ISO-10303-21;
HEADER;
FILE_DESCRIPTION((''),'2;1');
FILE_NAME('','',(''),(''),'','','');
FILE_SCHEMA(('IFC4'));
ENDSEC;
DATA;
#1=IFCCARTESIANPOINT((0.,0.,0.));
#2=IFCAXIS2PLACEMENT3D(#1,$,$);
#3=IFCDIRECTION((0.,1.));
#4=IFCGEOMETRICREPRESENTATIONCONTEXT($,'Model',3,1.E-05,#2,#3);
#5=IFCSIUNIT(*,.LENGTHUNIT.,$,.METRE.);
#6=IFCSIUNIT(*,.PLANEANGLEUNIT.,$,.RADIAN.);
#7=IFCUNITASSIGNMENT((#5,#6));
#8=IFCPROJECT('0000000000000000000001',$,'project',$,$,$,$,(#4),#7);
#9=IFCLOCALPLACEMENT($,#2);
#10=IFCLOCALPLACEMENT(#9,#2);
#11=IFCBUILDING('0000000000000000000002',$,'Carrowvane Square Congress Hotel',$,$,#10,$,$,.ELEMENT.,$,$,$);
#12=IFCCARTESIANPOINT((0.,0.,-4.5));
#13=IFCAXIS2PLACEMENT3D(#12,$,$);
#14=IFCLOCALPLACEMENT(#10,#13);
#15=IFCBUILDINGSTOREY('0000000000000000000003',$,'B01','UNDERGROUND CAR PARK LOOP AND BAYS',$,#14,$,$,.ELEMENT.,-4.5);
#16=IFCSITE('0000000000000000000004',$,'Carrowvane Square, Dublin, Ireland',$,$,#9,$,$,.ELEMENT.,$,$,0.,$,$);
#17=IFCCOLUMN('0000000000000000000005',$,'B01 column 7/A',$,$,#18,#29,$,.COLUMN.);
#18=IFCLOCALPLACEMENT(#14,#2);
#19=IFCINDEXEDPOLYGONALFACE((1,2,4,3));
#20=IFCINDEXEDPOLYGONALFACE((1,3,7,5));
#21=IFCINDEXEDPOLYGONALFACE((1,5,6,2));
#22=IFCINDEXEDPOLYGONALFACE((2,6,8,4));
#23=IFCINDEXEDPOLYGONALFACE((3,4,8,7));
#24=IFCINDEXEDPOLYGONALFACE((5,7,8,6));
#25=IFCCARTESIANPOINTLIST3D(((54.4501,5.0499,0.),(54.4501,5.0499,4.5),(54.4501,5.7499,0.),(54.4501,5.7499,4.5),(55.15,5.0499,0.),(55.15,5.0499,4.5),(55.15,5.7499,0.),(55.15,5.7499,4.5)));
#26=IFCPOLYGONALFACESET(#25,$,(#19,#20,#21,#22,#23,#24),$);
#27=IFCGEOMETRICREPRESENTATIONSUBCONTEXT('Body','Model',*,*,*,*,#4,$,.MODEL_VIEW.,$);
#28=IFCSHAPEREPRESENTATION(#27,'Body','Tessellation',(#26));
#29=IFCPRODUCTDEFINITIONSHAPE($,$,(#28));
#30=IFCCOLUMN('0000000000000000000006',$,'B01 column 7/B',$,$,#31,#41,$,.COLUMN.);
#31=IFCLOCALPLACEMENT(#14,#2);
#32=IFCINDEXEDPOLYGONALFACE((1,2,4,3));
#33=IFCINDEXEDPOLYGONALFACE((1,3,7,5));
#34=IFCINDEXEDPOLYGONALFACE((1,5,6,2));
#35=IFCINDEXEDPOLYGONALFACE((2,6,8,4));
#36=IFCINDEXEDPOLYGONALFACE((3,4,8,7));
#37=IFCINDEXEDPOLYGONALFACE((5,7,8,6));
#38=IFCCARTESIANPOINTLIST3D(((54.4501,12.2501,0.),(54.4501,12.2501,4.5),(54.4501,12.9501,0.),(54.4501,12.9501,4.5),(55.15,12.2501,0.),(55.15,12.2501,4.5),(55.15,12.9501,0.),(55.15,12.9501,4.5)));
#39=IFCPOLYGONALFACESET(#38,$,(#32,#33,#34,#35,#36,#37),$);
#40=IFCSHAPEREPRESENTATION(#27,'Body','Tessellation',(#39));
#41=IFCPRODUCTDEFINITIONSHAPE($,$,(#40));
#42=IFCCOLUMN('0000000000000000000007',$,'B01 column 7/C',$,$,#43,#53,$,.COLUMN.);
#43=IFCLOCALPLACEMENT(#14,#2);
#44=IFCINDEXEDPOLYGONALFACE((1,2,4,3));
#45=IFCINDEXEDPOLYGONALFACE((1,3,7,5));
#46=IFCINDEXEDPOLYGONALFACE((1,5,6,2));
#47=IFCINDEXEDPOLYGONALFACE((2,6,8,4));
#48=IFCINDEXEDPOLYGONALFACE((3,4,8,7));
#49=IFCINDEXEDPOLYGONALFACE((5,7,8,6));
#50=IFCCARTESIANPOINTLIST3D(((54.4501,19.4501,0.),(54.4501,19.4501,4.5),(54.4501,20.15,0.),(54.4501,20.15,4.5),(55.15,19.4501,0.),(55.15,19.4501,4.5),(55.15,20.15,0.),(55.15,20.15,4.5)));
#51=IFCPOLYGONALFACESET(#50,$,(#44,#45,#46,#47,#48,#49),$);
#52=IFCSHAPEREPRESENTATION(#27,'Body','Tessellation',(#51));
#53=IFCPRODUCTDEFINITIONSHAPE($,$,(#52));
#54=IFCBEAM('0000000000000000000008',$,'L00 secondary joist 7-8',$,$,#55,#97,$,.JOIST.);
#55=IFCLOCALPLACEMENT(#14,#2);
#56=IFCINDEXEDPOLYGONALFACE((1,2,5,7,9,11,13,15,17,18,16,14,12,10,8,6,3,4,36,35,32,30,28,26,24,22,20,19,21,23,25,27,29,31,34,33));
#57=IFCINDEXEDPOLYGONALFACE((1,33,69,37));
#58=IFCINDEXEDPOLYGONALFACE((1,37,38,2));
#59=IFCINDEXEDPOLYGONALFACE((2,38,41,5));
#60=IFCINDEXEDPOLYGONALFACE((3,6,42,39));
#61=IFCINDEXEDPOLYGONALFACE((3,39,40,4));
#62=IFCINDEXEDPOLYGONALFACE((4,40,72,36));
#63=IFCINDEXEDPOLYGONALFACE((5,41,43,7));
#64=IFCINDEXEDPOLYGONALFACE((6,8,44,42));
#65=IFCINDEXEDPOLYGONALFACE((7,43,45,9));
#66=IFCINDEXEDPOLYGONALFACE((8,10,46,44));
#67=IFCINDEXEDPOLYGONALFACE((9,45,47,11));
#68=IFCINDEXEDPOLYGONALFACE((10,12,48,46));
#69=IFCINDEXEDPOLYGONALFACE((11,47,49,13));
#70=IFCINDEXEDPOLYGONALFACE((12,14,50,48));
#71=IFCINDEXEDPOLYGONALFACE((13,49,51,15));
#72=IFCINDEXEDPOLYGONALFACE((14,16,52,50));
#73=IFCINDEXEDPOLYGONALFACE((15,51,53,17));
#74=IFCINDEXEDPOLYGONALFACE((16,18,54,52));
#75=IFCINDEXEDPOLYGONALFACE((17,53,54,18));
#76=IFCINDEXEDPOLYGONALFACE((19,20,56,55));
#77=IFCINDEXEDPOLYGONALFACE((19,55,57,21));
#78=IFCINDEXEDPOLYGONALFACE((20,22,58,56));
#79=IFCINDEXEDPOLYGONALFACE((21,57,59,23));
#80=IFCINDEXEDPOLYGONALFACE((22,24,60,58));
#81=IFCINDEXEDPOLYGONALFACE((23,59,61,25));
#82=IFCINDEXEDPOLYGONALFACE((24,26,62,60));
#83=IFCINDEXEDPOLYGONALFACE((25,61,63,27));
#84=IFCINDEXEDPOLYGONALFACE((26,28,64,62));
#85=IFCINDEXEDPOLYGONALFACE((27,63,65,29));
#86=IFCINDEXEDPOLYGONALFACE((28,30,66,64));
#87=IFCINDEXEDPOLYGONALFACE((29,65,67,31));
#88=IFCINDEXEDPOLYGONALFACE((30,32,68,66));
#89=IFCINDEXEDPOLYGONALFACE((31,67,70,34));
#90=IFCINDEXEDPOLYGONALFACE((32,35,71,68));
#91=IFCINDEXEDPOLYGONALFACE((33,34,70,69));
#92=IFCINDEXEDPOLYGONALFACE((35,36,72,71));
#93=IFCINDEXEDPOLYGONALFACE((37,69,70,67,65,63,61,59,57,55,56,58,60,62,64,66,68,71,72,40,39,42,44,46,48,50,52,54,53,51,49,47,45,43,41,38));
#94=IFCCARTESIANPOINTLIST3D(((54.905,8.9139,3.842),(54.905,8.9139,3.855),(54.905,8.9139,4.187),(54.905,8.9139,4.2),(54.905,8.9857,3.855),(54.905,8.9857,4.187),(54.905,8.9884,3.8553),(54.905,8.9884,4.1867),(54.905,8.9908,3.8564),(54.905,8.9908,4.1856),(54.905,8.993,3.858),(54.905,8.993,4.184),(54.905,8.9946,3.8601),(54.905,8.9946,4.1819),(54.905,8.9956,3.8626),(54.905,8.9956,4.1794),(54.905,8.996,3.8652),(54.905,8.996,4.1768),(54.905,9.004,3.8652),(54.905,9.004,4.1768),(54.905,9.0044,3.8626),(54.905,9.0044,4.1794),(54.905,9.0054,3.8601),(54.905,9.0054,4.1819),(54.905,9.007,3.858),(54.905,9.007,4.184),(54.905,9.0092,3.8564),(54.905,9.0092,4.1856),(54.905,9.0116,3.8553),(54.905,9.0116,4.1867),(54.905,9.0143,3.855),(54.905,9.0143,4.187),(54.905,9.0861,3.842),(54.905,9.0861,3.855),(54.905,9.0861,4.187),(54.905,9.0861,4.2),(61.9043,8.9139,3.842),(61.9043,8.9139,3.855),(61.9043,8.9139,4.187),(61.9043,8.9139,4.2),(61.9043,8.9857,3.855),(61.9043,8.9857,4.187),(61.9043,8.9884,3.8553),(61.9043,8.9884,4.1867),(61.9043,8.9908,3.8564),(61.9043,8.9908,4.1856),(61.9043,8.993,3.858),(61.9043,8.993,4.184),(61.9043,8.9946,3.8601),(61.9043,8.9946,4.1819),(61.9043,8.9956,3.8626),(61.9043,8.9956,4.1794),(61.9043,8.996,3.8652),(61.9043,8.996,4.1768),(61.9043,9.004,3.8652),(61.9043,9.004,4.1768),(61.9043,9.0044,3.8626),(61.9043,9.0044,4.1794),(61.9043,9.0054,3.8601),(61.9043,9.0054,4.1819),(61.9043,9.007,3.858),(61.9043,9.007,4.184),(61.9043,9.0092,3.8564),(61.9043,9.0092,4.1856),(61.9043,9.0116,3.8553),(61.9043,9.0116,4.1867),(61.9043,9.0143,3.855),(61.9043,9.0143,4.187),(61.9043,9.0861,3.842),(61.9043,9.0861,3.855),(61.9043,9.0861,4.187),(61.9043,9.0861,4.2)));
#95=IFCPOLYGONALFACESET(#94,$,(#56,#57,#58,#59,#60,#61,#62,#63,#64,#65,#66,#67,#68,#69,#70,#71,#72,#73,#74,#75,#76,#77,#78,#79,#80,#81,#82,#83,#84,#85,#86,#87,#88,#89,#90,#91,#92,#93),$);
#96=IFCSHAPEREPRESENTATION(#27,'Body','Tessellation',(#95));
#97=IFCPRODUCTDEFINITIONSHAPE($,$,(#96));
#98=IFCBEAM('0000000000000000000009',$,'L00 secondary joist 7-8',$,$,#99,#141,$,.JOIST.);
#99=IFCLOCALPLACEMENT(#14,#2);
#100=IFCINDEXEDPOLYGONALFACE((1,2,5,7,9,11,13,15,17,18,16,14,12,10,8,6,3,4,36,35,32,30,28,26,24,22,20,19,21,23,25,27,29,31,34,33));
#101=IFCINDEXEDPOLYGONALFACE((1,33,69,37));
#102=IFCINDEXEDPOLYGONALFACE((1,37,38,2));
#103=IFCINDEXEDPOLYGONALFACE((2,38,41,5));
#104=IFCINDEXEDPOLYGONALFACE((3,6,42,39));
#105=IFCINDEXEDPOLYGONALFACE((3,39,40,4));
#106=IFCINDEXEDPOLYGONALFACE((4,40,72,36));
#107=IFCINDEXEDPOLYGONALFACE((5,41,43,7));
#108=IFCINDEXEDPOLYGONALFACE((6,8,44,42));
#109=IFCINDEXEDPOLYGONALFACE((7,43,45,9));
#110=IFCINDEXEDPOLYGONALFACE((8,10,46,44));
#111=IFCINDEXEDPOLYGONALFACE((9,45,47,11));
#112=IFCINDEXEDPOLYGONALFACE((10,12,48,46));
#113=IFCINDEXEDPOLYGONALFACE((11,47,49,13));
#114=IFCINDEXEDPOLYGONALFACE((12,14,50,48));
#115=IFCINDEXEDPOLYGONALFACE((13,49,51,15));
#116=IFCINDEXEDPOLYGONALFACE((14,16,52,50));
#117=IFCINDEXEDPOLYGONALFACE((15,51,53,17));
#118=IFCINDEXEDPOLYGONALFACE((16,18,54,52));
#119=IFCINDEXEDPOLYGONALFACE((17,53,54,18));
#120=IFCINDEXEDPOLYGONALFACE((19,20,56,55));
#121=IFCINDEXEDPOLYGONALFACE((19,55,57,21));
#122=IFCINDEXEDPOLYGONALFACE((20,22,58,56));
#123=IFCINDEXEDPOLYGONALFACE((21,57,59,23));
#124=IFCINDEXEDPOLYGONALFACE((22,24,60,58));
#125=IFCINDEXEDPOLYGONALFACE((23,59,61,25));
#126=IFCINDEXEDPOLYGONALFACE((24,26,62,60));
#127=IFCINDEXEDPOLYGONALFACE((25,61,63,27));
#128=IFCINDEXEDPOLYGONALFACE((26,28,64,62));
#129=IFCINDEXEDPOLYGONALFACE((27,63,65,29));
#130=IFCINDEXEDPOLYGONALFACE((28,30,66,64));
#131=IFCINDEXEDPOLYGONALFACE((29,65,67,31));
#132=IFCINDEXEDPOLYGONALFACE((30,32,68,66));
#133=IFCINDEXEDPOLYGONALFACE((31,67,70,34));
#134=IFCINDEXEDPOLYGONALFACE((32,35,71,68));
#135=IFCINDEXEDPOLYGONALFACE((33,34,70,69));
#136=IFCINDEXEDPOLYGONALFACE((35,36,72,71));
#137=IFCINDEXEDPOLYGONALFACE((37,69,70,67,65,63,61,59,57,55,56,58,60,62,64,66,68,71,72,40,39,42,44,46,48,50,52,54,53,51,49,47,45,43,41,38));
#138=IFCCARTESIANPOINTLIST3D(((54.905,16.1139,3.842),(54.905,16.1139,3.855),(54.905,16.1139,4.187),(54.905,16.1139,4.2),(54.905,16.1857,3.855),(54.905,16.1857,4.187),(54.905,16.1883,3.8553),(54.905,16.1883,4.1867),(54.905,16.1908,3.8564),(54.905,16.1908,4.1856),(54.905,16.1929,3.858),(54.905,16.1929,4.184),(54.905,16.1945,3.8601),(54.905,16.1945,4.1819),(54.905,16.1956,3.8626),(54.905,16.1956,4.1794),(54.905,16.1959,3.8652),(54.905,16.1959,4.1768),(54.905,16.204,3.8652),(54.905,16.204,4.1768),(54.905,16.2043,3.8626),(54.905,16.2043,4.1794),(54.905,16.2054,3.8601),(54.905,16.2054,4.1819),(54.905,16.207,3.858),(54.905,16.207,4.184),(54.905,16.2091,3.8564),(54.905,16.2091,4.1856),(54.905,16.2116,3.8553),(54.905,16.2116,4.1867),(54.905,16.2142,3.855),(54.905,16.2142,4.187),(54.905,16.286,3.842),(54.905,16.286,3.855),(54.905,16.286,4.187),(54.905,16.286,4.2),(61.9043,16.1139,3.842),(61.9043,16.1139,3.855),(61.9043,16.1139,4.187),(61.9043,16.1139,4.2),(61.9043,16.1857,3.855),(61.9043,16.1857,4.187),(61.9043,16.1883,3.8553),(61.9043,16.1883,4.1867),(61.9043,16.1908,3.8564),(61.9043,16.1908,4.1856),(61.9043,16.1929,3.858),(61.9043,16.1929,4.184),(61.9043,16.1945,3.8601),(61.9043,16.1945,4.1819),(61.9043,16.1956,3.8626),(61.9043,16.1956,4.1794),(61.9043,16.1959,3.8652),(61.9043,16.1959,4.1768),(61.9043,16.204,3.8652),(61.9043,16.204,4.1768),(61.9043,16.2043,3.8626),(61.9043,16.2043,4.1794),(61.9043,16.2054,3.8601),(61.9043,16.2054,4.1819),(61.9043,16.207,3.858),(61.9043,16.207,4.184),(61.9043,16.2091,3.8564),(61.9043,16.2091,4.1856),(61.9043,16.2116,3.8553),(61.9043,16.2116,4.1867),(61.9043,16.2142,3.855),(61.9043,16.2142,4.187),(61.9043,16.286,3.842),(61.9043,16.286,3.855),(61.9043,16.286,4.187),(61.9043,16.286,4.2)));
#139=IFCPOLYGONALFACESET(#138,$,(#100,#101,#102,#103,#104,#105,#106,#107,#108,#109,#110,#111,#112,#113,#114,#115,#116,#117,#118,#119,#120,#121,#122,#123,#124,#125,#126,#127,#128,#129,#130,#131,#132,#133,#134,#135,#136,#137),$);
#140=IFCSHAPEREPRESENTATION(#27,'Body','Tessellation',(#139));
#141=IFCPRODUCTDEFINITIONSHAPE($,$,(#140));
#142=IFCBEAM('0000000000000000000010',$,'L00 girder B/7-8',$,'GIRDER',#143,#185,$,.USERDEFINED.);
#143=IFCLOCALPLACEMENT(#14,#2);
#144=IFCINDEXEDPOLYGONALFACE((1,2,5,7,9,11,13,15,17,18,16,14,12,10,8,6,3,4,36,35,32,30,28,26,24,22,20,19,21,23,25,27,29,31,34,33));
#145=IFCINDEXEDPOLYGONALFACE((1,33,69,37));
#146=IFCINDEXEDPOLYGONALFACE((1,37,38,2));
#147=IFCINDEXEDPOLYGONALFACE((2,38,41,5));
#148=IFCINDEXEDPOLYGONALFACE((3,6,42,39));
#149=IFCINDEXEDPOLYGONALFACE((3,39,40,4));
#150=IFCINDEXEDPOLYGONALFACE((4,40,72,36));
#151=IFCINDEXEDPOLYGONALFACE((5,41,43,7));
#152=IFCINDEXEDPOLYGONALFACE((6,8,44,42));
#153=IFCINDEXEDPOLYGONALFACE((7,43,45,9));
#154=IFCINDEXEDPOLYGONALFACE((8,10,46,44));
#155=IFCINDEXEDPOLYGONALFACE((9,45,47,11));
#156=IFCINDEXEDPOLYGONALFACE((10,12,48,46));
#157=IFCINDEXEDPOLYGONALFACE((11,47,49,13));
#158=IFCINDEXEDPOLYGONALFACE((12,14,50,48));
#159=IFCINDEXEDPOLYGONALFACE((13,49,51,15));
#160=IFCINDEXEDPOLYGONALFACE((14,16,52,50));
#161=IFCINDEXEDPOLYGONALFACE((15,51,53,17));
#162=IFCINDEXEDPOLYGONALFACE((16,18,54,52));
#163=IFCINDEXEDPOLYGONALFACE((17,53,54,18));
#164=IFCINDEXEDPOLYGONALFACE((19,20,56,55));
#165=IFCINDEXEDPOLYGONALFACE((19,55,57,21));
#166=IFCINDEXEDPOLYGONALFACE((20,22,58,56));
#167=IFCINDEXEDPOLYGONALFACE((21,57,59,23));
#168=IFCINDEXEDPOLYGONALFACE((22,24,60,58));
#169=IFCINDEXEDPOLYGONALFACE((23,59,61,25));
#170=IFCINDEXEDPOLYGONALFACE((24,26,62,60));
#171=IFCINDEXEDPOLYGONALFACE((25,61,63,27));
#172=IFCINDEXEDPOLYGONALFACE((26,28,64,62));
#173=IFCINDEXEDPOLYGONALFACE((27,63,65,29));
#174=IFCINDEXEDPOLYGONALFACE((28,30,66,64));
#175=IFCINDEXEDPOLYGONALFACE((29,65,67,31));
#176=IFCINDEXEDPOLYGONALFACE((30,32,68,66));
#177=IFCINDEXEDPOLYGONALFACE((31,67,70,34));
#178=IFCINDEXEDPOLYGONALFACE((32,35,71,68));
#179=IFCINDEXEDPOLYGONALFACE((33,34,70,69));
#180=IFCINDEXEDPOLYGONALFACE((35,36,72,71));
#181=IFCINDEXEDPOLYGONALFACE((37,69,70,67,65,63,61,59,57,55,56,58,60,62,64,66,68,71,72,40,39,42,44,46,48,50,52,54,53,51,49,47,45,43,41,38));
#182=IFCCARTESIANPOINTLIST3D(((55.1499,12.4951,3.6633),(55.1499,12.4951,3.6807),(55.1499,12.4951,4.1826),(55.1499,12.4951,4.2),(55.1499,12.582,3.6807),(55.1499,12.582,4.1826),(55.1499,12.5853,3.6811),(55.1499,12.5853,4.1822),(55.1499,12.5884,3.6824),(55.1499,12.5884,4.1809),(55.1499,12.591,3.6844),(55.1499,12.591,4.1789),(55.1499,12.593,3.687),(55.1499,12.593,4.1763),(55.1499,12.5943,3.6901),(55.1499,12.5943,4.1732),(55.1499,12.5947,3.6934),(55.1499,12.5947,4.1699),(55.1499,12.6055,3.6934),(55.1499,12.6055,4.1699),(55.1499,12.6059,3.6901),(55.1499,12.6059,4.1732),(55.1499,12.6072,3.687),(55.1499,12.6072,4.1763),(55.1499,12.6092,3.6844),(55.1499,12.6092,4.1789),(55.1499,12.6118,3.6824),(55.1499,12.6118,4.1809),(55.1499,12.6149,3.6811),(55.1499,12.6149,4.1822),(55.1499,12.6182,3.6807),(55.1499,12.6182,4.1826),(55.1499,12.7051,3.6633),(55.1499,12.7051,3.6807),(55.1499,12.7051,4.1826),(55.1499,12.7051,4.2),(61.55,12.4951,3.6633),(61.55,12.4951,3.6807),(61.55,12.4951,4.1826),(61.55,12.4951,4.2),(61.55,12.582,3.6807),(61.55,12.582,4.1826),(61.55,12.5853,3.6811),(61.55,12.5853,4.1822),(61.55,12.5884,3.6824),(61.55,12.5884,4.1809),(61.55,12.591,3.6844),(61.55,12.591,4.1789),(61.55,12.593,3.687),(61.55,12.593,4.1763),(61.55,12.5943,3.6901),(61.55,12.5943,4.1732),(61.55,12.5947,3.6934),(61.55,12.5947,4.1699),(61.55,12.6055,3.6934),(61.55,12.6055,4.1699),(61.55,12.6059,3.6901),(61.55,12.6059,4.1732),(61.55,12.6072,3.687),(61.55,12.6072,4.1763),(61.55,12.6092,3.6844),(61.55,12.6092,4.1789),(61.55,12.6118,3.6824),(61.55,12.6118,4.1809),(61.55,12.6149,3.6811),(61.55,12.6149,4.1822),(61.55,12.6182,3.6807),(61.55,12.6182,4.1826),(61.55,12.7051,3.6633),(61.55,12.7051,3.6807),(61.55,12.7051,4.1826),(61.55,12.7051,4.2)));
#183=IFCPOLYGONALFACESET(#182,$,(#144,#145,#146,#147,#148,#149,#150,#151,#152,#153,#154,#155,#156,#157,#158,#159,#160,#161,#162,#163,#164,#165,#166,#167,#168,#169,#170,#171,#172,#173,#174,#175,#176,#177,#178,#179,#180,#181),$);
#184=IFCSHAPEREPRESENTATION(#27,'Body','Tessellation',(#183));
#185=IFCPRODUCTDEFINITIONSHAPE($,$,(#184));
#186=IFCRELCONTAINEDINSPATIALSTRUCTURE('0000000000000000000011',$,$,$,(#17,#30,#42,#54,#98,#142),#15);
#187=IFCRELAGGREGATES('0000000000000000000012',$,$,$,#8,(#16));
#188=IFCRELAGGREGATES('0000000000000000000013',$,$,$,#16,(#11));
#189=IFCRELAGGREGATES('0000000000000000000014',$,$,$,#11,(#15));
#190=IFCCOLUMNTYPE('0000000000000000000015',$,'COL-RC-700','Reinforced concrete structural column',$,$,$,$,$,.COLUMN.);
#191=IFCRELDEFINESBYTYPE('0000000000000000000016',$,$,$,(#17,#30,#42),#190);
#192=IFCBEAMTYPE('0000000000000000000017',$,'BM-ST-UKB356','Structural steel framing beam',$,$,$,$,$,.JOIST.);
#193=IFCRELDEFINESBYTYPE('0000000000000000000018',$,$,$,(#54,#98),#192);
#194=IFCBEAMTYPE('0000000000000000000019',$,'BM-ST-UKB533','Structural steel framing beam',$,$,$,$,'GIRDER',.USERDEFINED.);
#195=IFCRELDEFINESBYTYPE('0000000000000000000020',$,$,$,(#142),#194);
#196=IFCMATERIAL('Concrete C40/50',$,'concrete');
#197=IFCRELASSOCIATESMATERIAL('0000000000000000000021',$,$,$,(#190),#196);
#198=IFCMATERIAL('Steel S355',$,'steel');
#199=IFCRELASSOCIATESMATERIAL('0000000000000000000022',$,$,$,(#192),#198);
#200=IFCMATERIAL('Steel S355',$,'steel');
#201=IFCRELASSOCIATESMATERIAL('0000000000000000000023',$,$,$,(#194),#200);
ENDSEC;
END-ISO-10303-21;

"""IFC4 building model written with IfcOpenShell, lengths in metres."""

from ifc_helpers import new_model, si_unit, direction, frame, origin, origin_2d, place, context, subcontext, project, spatial, rectangle, i_section, extrude, material, material_profile, profile_set, type_object, element, save


model = new_model("IFC4")

# Units and contexts
model_context = context("Model", 3, precision=1e-05, world=origin(), true_north=direction((0.0, 1.0)))
body_context = subcontext(model_context, "Body", "Model", "MODEL_VIEW")
ifc_project = project(units=[si_unit("LENGTHUNIT", "METRE"), si_unit("PLANEANGLEUNIT", "RADIAN")], contexts=[model_context])

# Site, building, storey
site_placement = place(None, origin())
site = spatial("IfcSite", under=ifc_project, at=site_placement, Name="Carrowvane Square, Dublin, Ireland", CompositionType="ELEMENT", RefElevation=0.0)
building_placement = place(site_placement, origin())
building = spatial("IfcBuilding", under=site, at=building_placement, Name="Carrowvane Square Congress Hotel", CompositionType="ELEMENT")
storey_placement = place(building_placement, frame((0.0, 0.0, -4.5)))
storey = spatial("IfcBuildingStorey", under=building, at=storey_placement, Name="B01", Description="UNDERGROUND CAR PARK LOOP AND BAYS", CompositionType="ELEMENT", Elevation=-4.5)

# Columns
ifc_material_1 = material(Name="Concrete C40/50", Category="concrete")
ifc_material_profile_1 = material_profile(ifc_material_1, rectangle(XDim=0.7, YDim=0.7, at=origin_2d()), Name="RC 700x700")
ifc_profile_set_1 = profile_set([ifc_material_profile_1], Name="Concrete C40/50")
column_type = type_object("IfcColumnType", Name="COL-RC-700", Description="Reinforced concrete structural column", PredefinedType="COLUMN", material=ifc_profile_set_1)
for number, where, z_axis, x_axis, name in (
    (1, (54.8, 5.3999, 0.0), (0.0, 0.0, 1.0), (1.0, 0.0, 0.0), "B01 column 7/A"),
    (2, (54.8, 12.6001, 0.0), (0.0, 0.0, 1.0), (1.0, 0.0, 0.0), "B01 column 7/B"),
    (3, (54.8, 19.8, 0.0), (0.0, 0.0, 1.0), (1.0, 0.0, 0.0), "B01 column 7/C"),
):
    element("IfcColumn", number, at=place(storey_placement, frame(where, z_axis=z_axis, x_axis=x_axis)), inside=storey, type_object=column_type, Name=name, PredefinedType="COLUMN", context=body_context, shape_type="SweptSolid", body=[
        extrude(rectangle(XDim=0.7, YDim=0.7, at=origin_2d()), origin(), (0.0, 0.0, 1.0), 4.5),
    ])

# Beams
ifc_material_2 = material(Name="Steel S355", Category="steel")
ifc_material_profile_2 = material_profile(ifc_material_2, i_section(OverallWidth=0.1721, OverallDepth=0.3579, WebThickness=0.0081, FlangeThickness=0.0129, FilletRadius=0.0103, at=origin_2d()), Name="UKB 356x171x57")
ifc_profile_set_2 = profile_set([ifc_material_profile_2], Name="Steel S355")
beam_type_1 = type_object("IfcBeamType", Name="BM-ST-UKB356", Description="Structural steel framing beam", PredefinedType="JOIST", material=ifc_profile_set_2)
for number, where, z_axis, x_axis, name in (
    (4, (54.905, 9.0, 4.021), (1.0, 0.0, 0.0), (0.0, 1.0, 0.0), "L00 secondary joist 7-8"),
    (5, (54.905, 16.2, 4.021), (1.0, 0.0, 0.0), (0.0, 1.0, 0.0), "L00 secondary joist 7-8"),
):
    element("IfcBeam", number, at=place(storey_placement, frame(where, z_axis=z_axis, x_axis=x_axis)), inside=storey, type_object=beam_type_1, Name=name, PredefinedType="JOIST", context=body_context, shape_type="SweptSolid", body=[
        extrude(i_section(OverallWidth=0.1721, OverallDepth=0.3579, WebThickness=0.0081, FlangeThickness=0.0129, FilletRadius=0.0103, at=origin_2d()), origin(), (0.0, 0.0, 1.0), 6.9993),
    ])
ifc_material_3 = material(Name="Steel S355", Category="steel")
ifc_material_profile_3 = material_profile(ifc_material_3, i_section(OverallWidth=0.21, OverallDepth=0.5366, WebThickness=0.0107, FlangeThickness=0.0173, FilletRadius=0.0127, at=origin_2d()), Name="UKB 533x210x101")
ifc_profile_set_3 = profile_set([ifc_material_profile_3], Name="Steel S355")
beam_type_2 = type_object("IfcBeamType", Name="BM-ST-UKB533", Description="Structural steel framing beam", ElementType="GIRDER", PredefinedType="USERDEFINED", material=ifc_profile_set_3)
for number, where, z_axis, x_axis, name in (
    (6, (55.1499, 12.6001, 3.9316), (1.0, 0.0, 0.0), (0.0, 1.0, 0.0), "L00 girder B/7-8"),
):
    element("IfcBeam", number, at=place(storey_placement, frame(where, z_axis=z_axis, x_axis=x_axis)), inside=storey, type_object=beam_type_2, Name=name, ObjectType="GIRDER", PredefinedType="USERDEFINED", context=body_context, shape_type="SweptSolid", body=[
        extrude(i_section(OverallWidth=0.21, OverallDepth=0.5366, WebThickness=0.0107, FlangeThickness=0.0173, FilletRadius=0.0127, at=origin_2d()), origin(), (0.0, 0.0, 1.0), 6.4001),
    ])

save(model, "model.ifc")
